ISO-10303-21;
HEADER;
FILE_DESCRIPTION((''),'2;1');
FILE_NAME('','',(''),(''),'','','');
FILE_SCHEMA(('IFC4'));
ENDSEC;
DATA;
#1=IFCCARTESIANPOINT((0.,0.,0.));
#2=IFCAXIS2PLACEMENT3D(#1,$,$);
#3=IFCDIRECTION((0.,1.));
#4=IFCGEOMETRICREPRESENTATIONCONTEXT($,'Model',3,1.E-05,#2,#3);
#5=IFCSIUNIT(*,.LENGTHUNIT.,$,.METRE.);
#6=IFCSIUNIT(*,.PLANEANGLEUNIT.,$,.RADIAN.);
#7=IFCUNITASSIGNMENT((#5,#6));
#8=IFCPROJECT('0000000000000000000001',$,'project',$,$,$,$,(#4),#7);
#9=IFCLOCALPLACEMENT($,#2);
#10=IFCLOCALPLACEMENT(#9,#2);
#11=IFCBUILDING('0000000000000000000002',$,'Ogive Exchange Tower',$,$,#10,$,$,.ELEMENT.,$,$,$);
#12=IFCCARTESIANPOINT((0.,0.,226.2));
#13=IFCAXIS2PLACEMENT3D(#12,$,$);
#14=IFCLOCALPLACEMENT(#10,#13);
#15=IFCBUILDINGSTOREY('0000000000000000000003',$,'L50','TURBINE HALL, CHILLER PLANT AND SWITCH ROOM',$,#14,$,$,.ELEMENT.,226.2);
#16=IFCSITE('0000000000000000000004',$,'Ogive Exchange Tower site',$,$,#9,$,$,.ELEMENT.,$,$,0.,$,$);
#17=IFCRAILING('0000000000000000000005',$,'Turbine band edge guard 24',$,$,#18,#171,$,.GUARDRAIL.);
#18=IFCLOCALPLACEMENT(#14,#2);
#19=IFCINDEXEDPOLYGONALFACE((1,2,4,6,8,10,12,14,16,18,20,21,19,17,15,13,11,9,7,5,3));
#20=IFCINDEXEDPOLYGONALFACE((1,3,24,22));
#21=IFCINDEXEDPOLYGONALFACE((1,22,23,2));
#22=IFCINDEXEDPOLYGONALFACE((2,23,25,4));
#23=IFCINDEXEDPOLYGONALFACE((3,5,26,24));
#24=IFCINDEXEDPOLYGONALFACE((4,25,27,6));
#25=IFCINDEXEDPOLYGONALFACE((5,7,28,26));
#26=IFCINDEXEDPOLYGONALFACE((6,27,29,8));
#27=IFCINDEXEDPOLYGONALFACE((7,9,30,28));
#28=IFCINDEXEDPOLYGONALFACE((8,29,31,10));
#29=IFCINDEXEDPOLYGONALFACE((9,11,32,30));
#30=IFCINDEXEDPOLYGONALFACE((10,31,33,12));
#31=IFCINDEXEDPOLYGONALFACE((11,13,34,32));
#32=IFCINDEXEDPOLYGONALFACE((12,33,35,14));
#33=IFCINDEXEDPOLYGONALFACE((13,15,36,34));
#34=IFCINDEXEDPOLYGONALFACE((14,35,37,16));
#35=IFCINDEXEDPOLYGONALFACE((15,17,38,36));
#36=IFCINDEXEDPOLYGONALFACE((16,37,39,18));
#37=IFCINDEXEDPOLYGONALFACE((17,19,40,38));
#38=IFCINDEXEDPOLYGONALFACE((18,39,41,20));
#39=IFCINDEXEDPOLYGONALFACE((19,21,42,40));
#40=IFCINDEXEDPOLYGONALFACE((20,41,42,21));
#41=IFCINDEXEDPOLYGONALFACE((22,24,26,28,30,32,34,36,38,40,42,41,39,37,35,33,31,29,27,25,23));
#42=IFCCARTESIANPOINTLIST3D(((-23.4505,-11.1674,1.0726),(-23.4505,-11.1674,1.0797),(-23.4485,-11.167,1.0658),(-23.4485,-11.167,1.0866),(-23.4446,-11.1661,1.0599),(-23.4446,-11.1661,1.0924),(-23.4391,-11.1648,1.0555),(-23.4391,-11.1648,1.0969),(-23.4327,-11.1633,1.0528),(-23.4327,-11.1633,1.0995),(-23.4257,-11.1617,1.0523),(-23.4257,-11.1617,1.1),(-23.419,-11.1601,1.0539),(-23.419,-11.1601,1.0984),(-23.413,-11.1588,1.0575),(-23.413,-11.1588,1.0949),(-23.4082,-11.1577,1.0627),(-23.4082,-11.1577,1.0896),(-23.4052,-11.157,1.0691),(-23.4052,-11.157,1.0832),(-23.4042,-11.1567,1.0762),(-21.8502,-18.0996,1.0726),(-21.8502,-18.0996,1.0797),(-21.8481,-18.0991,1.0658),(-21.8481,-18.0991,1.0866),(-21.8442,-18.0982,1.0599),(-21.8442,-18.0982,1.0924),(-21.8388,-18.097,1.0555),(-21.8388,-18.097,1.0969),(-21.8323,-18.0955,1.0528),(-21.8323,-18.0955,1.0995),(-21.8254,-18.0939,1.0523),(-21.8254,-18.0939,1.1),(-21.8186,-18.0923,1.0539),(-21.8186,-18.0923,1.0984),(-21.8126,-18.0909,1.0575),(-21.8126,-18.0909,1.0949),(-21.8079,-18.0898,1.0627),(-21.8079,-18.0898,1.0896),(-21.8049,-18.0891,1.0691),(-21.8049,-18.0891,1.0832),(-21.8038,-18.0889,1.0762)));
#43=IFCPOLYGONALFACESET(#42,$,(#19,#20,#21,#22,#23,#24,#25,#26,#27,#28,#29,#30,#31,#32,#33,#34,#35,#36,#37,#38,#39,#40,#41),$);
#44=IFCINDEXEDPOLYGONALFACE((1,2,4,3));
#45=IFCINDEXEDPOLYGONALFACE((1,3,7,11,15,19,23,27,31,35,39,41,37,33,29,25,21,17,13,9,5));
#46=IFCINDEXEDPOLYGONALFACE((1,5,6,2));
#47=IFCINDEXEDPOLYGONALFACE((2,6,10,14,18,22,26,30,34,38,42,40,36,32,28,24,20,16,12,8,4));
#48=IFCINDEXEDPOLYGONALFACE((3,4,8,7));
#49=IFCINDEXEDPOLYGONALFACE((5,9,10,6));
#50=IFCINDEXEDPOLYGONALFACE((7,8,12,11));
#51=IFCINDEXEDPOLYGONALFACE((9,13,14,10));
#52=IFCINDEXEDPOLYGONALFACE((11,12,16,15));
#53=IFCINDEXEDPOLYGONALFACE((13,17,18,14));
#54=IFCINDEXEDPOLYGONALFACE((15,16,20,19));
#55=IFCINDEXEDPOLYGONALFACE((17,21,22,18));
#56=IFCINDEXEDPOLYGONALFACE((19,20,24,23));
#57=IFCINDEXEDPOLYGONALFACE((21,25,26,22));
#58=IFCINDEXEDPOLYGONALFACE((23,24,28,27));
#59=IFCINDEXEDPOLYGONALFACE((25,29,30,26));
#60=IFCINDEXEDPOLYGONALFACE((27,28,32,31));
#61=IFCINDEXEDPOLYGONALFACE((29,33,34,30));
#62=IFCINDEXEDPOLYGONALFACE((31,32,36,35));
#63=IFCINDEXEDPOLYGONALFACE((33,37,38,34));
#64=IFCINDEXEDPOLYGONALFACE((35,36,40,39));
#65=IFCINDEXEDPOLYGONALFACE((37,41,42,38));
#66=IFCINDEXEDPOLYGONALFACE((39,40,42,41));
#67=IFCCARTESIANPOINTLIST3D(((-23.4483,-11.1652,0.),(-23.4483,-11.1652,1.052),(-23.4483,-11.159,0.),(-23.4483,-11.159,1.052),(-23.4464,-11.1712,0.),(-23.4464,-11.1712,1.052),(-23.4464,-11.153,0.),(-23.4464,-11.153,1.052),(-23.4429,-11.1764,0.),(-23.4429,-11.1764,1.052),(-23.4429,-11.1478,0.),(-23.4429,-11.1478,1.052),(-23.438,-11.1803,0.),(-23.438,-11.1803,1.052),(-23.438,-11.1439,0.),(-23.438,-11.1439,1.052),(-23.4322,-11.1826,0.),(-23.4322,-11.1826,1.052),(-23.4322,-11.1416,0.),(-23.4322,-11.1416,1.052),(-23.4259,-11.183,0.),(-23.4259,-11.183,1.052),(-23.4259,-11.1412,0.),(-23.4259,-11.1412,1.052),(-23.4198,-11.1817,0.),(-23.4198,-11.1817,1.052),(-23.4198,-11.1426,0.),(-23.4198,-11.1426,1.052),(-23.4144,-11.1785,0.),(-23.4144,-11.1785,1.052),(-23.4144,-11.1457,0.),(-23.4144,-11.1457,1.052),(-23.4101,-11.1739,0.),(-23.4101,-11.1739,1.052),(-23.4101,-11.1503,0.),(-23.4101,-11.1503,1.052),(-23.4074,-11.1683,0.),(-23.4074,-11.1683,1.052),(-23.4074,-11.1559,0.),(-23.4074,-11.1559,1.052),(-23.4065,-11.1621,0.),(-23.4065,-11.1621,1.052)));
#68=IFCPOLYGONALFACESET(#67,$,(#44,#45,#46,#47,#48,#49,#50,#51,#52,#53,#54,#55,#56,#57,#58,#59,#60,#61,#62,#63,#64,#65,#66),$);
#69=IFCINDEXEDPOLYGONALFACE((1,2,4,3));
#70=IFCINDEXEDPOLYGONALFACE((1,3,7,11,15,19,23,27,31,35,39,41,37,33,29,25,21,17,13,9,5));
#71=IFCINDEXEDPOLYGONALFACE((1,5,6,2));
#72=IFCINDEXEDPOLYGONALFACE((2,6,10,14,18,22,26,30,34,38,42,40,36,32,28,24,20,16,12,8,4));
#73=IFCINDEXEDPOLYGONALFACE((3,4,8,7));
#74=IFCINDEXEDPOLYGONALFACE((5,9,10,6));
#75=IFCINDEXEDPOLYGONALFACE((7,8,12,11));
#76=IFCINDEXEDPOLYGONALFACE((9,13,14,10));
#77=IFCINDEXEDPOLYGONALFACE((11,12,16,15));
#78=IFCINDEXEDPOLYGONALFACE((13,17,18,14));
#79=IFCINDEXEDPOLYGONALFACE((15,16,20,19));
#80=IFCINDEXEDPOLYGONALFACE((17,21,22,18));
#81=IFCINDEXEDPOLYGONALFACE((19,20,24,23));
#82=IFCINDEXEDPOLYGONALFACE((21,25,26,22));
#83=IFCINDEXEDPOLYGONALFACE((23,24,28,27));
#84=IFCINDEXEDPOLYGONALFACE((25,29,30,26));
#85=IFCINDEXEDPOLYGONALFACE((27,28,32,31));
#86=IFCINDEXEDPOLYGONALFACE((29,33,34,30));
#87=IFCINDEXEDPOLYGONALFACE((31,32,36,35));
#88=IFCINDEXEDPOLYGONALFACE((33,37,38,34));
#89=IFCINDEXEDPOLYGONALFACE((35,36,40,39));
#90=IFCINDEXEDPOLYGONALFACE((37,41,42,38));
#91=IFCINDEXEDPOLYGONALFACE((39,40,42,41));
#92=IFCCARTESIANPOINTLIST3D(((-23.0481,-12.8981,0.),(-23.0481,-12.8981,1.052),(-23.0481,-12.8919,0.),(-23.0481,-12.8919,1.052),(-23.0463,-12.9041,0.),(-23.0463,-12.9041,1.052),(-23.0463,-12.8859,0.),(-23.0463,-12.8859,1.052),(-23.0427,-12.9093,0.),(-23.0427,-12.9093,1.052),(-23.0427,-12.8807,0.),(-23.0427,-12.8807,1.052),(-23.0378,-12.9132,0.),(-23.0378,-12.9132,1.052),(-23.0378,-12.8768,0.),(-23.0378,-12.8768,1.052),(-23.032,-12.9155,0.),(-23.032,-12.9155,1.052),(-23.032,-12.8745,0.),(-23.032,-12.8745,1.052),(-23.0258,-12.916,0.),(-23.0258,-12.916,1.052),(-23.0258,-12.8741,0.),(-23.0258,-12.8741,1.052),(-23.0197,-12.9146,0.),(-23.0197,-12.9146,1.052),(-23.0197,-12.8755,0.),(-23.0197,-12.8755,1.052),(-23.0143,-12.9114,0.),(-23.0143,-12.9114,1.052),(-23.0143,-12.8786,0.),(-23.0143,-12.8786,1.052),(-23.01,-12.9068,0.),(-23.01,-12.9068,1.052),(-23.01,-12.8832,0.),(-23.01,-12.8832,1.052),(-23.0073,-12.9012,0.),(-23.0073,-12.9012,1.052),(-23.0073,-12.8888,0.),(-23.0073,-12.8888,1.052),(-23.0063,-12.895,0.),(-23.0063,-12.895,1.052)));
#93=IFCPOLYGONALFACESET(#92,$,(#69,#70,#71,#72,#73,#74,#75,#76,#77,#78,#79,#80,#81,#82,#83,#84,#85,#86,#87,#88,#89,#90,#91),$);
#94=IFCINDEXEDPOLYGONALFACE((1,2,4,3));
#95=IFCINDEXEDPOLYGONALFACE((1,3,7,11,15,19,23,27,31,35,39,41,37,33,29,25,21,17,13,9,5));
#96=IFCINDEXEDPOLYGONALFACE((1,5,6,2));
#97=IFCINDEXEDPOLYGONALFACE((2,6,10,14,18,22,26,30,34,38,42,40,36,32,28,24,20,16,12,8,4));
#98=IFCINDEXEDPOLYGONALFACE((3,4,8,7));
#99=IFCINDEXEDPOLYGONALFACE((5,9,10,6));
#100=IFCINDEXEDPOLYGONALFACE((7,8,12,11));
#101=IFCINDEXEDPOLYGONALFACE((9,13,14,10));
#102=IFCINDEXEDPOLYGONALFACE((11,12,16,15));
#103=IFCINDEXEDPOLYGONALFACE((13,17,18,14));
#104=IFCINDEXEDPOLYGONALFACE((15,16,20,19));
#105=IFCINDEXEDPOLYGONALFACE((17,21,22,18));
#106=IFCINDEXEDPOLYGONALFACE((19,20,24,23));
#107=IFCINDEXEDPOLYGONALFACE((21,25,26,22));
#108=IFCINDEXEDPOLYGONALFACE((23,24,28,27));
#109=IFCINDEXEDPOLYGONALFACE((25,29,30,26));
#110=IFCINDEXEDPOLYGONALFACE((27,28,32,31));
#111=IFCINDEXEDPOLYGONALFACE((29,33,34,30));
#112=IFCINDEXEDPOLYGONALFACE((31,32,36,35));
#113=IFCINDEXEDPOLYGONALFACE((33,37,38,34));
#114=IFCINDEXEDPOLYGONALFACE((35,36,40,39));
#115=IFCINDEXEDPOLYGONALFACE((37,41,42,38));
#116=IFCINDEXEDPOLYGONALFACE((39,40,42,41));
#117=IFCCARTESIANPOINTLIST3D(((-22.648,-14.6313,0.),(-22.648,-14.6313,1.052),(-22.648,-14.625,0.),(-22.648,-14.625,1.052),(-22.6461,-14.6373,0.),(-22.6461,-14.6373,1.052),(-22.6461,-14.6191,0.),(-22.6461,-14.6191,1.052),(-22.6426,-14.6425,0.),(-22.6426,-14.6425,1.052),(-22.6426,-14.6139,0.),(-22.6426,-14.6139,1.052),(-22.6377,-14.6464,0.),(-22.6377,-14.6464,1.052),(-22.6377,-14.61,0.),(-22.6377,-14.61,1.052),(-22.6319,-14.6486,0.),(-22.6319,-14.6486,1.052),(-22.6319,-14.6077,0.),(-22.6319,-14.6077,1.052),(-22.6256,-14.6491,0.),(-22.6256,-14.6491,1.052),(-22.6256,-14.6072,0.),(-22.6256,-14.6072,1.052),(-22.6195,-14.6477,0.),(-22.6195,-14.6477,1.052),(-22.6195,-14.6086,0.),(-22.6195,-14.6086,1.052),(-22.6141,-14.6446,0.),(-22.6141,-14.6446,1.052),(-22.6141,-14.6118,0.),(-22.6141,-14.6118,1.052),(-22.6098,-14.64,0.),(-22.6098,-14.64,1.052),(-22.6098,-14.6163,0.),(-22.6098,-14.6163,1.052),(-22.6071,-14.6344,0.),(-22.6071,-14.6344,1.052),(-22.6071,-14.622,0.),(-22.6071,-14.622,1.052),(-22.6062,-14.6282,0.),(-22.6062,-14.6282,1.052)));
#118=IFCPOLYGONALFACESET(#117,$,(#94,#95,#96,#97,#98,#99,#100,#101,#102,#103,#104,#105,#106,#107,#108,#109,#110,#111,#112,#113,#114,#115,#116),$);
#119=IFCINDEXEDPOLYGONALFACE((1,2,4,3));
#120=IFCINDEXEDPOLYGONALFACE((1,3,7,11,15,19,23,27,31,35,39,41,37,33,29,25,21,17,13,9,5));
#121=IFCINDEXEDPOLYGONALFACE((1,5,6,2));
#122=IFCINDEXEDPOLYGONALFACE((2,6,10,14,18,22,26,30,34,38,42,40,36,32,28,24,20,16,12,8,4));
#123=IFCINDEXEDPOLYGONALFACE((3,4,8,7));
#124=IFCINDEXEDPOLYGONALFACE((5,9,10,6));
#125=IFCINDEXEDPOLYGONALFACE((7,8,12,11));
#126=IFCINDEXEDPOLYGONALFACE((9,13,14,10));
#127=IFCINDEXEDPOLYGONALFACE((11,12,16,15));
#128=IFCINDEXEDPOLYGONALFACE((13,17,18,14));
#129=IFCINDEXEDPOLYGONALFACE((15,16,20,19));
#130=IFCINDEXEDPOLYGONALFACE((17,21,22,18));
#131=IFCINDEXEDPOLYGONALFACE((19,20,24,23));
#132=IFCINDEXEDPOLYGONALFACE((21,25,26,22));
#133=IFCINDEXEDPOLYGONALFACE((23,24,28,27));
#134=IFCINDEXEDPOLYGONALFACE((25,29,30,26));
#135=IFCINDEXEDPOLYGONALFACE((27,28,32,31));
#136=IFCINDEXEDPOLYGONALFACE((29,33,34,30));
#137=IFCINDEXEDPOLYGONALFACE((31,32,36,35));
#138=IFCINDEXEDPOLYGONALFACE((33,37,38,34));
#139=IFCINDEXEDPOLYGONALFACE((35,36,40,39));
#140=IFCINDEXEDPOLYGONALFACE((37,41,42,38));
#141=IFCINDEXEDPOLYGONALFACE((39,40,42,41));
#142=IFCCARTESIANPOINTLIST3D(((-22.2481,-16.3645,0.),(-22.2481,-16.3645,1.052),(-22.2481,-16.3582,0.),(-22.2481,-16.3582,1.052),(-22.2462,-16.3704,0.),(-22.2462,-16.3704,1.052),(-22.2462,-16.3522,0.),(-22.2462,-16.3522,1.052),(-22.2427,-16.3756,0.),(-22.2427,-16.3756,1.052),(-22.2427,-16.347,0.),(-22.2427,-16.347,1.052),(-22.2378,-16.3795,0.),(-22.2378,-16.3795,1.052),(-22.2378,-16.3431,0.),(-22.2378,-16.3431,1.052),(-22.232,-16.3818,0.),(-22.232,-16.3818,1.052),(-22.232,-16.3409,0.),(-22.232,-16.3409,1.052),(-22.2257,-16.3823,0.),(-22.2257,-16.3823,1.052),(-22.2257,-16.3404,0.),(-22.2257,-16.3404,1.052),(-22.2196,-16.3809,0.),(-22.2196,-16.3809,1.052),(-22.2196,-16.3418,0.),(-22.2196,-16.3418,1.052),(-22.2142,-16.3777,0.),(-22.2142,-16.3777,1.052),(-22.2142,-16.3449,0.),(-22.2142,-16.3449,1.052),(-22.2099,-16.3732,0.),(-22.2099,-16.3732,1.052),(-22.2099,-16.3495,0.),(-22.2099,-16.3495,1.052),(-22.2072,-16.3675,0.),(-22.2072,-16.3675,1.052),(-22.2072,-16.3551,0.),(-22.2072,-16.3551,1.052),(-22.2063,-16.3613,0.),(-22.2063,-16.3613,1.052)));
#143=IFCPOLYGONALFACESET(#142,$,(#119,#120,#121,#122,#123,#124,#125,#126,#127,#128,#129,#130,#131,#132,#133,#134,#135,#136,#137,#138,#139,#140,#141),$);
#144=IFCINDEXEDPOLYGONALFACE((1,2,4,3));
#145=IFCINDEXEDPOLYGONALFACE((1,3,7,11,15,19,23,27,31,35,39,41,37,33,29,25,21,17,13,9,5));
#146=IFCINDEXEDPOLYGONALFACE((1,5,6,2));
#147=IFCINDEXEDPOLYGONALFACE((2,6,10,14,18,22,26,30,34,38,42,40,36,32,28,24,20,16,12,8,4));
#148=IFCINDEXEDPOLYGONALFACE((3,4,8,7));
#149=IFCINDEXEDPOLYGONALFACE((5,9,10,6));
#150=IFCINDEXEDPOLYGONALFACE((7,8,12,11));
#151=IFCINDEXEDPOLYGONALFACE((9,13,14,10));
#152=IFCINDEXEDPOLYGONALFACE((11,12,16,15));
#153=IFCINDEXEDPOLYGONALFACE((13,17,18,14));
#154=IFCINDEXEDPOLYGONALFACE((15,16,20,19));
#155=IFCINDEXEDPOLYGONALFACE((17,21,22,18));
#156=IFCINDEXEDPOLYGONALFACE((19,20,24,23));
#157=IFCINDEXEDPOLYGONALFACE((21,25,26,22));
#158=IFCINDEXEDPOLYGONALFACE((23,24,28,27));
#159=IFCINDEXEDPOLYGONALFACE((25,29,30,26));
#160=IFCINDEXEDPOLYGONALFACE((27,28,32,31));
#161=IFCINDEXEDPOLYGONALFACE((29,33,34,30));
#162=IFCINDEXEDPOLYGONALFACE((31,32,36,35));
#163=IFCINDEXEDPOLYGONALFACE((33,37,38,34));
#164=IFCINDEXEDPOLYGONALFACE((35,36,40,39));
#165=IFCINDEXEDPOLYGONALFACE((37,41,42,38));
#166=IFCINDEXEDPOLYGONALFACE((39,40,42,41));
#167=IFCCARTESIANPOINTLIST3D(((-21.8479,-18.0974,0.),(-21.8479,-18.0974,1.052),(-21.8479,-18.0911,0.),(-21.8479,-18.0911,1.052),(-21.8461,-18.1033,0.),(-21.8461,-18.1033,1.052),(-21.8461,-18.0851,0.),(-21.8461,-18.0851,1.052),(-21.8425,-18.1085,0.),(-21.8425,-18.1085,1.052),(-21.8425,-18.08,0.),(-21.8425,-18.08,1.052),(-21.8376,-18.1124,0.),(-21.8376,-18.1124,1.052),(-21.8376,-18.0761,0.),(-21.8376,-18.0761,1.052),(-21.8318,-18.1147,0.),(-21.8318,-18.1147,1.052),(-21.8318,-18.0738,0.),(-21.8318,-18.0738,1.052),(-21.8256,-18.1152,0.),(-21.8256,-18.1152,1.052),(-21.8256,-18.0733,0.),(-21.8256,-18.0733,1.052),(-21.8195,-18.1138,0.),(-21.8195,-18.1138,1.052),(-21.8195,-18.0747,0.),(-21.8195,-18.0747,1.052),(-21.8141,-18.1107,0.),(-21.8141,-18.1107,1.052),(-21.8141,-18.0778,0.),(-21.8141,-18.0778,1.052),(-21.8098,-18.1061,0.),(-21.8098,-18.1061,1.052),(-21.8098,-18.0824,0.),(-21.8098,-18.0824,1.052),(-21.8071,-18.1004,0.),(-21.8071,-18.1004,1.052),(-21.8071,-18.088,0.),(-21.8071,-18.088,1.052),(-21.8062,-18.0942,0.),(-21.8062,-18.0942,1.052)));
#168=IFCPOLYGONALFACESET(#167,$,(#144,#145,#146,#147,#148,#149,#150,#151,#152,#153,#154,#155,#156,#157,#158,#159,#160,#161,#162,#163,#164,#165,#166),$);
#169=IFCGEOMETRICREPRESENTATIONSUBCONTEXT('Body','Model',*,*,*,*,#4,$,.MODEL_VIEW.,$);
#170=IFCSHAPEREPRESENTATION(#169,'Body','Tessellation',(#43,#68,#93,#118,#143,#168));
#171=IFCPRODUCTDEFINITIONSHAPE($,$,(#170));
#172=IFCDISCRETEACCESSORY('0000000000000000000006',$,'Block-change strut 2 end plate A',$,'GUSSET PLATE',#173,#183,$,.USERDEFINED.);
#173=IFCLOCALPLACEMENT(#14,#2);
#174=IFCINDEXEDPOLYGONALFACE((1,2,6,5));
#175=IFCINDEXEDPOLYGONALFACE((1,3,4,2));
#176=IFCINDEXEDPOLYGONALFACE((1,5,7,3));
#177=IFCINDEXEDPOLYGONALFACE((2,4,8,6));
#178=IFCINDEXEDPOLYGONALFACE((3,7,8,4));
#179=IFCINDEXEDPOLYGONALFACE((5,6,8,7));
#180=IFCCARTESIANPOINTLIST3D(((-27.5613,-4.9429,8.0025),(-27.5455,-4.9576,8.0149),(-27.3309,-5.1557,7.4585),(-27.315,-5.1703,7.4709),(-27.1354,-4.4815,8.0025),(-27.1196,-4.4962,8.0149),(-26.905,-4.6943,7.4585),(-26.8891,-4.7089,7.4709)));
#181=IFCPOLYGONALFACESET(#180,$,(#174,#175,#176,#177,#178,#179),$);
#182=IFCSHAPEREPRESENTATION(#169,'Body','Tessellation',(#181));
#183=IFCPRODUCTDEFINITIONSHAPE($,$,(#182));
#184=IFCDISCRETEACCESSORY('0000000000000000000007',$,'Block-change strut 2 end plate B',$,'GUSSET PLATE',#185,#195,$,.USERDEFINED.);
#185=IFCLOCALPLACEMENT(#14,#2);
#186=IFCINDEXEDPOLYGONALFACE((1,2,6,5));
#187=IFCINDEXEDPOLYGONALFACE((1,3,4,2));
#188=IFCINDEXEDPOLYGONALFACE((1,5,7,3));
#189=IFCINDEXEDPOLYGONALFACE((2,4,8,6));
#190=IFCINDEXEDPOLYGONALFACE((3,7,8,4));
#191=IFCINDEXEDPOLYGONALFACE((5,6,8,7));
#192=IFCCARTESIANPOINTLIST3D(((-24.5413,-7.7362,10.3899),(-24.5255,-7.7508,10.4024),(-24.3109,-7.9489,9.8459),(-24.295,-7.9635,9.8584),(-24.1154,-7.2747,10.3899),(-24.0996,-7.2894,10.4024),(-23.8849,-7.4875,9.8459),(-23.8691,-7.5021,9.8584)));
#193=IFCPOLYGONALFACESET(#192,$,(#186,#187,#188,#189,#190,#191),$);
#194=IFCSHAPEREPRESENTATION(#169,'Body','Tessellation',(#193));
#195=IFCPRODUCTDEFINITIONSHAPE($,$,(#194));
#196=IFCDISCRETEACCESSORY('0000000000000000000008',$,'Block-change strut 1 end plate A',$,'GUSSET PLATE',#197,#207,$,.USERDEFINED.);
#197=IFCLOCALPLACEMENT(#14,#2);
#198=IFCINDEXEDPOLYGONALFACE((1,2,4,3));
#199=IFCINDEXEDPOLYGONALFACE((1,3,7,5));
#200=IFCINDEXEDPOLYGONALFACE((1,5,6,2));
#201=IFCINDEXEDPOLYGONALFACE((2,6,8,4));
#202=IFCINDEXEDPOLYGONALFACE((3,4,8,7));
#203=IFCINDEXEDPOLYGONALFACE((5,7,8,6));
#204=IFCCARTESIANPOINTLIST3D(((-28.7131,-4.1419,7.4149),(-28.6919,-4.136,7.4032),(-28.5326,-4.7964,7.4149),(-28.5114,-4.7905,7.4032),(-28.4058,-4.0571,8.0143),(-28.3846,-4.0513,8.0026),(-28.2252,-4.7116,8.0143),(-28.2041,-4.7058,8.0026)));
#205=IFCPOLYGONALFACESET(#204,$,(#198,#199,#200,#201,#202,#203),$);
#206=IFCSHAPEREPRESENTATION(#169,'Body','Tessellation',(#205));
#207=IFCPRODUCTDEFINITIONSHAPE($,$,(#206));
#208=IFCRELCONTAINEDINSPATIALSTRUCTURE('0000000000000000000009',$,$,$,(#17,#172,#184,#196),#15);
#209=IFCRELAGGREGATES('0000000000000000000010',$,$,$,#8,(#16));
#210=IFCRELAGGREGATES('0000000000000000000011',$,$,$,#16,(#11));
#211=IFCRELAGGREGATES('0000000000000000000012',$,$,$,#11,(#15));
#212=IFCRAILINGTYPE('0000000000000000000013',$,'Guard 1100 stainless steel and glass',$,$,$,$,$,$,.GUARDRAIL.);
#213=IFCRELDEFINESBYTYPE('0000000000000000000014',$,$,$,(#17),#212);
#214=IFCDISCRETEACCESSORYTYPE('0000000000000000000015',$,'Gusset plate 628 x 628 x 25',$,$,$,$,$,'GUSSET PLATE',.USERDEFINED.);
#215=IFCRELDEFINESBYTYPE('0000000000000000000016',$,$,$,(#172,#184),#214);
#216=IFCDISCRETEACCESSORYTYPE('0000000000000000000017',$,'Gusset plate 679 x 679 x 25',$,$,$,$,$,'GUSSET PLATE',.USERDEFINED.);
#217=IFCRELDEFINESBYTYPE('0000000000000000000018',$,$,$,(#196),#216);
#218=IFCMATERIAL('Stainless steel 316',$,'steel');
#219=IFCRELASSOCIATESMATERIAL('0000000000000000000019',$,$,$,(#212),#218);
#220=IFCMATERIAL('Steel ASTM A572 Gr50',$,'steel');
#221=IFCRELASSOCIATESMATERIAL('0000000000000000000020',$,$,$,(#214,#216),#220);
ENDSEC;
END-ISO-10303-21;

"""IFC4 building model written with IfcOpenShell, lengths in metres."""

from ifc_helpers import new_model, si_unit, direction, frame, origin, origin_2d, place, context, subcontext, project, spatial, rectangle, circle, extrude, material, material_profile, profile_set, type_object, element, save


model = new_model("IFC4")

# Units and contexts
model_context = context("Model", 3, precision=1e-05, world=origin(), true_north=direction((0.0, 1.0)))
body_context = subcontext(model_context, "Body", "Model", "MODEL_VIEW")
ifc_project = project(units=[si_unit("LENGTHUNIT", "METRE"), si_unit("PLANEANGLEUNIT", "RADIAN")], contexts=[model_context])

# Site, building, storey
site_placement = place(None, origin())
site = spatial("IfcSite", under=ifc_project, at=site_placement, Name="Ogive Exchange Tower site", CompositionType="ELEMENT", RefElevation=0.0)
building_placement = place(site_placement, origin())
building = spatial("IfcBuilding", under=site, at=building_placement, Name="Ogive Exchange Tower", CompositionType="ELEMENT")
storey_placement = place(building_placement, frame((0.0, 0.0, 226.2)))
storey = spatial("IfcBuildingStorey", under=building, at=storey_placement, Name="L50", Description="TURBINE HALL, CHILLER PLANT AND SWITCH ROOM", CompositionType="ELEMENT", Elevation=226.2)

# Railing
ifc_material_1 = material(Name="Stainless steel 316", Category="steel")
railing_type = type_object("IfcRailingType", Name="Guard 1100 stainless steel and glass", PredefinedType="GUARDRAIL", material=ifc_material_1)
railing_placement = place(storey_placement, frame((-23.4275, -11.1621, 0.0)))
element("IfcRailing", 1, at=railing_placement, inside=storey, type_object=railing_type, Name="Turbine band edge guard 24", PredefinedType="GUARDRAIL", context=body_context, shape_type="SweptSolid", body=[
    extrude(circle(Radius=0.0239, at=origin_2d()), frame((0.0, 0.0, 1.0762), z_axis=(0.224942, -0.974372, 0.0), x_axis=(0.974372, 0.224942, 0.0)), (0.0, 0.0, 1.0), 7.1145),
    extrude(circle(Radius=0.021, at=origin_2d()), origin(), (0.0, 0.0, 1.0), 1.052),
    extrude(circle(Radius=0.021, at=origin_2d()), frame((0.4001, -1.7329, 0.0)), (0.0, 0.0, 1.0), 1.052),
    extrude(circle(Radius=0.021, at=origin_2d()), frame((0.8003, -3.4661, 0.0)), (0.0, 0.0, 1.0), 1.052),
    extrude(circle(Radius=0.021, at=origin_2d()), frame((1.2002, -5.1992, 0.0)), (0.0, 0.0, 1.0), 1.052),
    extrude(circle(Radius=0.021, at=origin_2d()), frame((1.6003, -6.9321, 0.0)), (0.0, 0.0, 1.0), 1.052),
])

# Discrete accessories
ifc_material_2 = material(Name="Steel ASTM A572 Gr50", Category="steel")
ifc_material_profile_1 = material_profile(ifc_material_2, rectangle(XDim=0.6279, YDim=0.6279, at=origin_2d()), Name="PL 628 x 628 x 25")
ifc_profile_set_1 = profile_set([ifc_material_profile_1], Name="Steel ASTM A572 Gr50")
discrete_accessory_type_1 = type_object("IfcDiscreteAccessoryType", Name="Gusset plate 628 x 628 x 25", ElementType="GUSSET PLATE", PredefinedType="USERDEFINED", material=ifc_profile_set_1)
for number, where, z_axis, x_axis, name in (
    (2, (-27.2332, -4.8186, 7.7305), (0.636582, -0.587614, 0.499472), (0.67828, 0.734803, 0.0), "Block-change strut 2 end plate A"),
    (3, (-24.2131, -7.6118, 10.1179), (0.636582, -0.587614, 0.499472), (0.67828, 0.734803, 0.0), "Block-change strut 2 end plate B"),
):
    element("IfcDiscreteAccessory", number, at=place(storey_placement, frame(where, z_axis=z_axis, x_axis=x_axis)), inside=storey, type_object=discrete_accessory_type_1, Name=name, ObjectType="GUSSET PLATE", PredefinedType="USERDEFINED", context=body_context, shape_type="SweptSolid", body=[
        extrude(rectangle(XDim=0.6279, YDim=0.6279, at=origin_2d()), origin(), (0.0, 0.0, 1.0), 0.0249),
    ])
ifc_material_profile_2 = material_profile(ifc_material_2, rectangle(XDim=0.679, YDim=0.679, at=origin_2d()), Name="PL 679 x 679 x 25")
ifc_profile_set_2 = profile_set([ifc_material_profile_2], Name="Steel ASTM A572 Gr50")
discrete_accessory_type_2 = type_object("IfcDiscreteAccessoryType", Name="Gusset plate 679 x 679 x 25", ElementType="GUSSET PLATE", PredefinedType="USERDEFINED", material=ifc_profile_set_2)
for number, where, z_axis, x_axis, name in (
    (4, (-28.448, -4.4209, 7.7029), (-0.851103, -0.234787, 0.469574), (0.265929, -0.963993, 0.0), "Block-change strut 1 end plate A"),
):
    element("IfcDiscreteAccessory", number, at=place(storey_placement, frame(where, z_axis=z_axis, x_axis=x_axis)), inside=storey, type_object=discrete_accessory_type_2, Name=name, ObjectType="GUSSET PLATE", PredefinedType="USERDEFINED", context=body_context, shape_type="SweptSolid", body=[
        extrude(rectangle(XDim=0.679, YDim=0.679, at=origin_2d()), origin(), (0.0, 0.0, 1.0), 0.0249),
    ])

save(model, "model.ifc")
